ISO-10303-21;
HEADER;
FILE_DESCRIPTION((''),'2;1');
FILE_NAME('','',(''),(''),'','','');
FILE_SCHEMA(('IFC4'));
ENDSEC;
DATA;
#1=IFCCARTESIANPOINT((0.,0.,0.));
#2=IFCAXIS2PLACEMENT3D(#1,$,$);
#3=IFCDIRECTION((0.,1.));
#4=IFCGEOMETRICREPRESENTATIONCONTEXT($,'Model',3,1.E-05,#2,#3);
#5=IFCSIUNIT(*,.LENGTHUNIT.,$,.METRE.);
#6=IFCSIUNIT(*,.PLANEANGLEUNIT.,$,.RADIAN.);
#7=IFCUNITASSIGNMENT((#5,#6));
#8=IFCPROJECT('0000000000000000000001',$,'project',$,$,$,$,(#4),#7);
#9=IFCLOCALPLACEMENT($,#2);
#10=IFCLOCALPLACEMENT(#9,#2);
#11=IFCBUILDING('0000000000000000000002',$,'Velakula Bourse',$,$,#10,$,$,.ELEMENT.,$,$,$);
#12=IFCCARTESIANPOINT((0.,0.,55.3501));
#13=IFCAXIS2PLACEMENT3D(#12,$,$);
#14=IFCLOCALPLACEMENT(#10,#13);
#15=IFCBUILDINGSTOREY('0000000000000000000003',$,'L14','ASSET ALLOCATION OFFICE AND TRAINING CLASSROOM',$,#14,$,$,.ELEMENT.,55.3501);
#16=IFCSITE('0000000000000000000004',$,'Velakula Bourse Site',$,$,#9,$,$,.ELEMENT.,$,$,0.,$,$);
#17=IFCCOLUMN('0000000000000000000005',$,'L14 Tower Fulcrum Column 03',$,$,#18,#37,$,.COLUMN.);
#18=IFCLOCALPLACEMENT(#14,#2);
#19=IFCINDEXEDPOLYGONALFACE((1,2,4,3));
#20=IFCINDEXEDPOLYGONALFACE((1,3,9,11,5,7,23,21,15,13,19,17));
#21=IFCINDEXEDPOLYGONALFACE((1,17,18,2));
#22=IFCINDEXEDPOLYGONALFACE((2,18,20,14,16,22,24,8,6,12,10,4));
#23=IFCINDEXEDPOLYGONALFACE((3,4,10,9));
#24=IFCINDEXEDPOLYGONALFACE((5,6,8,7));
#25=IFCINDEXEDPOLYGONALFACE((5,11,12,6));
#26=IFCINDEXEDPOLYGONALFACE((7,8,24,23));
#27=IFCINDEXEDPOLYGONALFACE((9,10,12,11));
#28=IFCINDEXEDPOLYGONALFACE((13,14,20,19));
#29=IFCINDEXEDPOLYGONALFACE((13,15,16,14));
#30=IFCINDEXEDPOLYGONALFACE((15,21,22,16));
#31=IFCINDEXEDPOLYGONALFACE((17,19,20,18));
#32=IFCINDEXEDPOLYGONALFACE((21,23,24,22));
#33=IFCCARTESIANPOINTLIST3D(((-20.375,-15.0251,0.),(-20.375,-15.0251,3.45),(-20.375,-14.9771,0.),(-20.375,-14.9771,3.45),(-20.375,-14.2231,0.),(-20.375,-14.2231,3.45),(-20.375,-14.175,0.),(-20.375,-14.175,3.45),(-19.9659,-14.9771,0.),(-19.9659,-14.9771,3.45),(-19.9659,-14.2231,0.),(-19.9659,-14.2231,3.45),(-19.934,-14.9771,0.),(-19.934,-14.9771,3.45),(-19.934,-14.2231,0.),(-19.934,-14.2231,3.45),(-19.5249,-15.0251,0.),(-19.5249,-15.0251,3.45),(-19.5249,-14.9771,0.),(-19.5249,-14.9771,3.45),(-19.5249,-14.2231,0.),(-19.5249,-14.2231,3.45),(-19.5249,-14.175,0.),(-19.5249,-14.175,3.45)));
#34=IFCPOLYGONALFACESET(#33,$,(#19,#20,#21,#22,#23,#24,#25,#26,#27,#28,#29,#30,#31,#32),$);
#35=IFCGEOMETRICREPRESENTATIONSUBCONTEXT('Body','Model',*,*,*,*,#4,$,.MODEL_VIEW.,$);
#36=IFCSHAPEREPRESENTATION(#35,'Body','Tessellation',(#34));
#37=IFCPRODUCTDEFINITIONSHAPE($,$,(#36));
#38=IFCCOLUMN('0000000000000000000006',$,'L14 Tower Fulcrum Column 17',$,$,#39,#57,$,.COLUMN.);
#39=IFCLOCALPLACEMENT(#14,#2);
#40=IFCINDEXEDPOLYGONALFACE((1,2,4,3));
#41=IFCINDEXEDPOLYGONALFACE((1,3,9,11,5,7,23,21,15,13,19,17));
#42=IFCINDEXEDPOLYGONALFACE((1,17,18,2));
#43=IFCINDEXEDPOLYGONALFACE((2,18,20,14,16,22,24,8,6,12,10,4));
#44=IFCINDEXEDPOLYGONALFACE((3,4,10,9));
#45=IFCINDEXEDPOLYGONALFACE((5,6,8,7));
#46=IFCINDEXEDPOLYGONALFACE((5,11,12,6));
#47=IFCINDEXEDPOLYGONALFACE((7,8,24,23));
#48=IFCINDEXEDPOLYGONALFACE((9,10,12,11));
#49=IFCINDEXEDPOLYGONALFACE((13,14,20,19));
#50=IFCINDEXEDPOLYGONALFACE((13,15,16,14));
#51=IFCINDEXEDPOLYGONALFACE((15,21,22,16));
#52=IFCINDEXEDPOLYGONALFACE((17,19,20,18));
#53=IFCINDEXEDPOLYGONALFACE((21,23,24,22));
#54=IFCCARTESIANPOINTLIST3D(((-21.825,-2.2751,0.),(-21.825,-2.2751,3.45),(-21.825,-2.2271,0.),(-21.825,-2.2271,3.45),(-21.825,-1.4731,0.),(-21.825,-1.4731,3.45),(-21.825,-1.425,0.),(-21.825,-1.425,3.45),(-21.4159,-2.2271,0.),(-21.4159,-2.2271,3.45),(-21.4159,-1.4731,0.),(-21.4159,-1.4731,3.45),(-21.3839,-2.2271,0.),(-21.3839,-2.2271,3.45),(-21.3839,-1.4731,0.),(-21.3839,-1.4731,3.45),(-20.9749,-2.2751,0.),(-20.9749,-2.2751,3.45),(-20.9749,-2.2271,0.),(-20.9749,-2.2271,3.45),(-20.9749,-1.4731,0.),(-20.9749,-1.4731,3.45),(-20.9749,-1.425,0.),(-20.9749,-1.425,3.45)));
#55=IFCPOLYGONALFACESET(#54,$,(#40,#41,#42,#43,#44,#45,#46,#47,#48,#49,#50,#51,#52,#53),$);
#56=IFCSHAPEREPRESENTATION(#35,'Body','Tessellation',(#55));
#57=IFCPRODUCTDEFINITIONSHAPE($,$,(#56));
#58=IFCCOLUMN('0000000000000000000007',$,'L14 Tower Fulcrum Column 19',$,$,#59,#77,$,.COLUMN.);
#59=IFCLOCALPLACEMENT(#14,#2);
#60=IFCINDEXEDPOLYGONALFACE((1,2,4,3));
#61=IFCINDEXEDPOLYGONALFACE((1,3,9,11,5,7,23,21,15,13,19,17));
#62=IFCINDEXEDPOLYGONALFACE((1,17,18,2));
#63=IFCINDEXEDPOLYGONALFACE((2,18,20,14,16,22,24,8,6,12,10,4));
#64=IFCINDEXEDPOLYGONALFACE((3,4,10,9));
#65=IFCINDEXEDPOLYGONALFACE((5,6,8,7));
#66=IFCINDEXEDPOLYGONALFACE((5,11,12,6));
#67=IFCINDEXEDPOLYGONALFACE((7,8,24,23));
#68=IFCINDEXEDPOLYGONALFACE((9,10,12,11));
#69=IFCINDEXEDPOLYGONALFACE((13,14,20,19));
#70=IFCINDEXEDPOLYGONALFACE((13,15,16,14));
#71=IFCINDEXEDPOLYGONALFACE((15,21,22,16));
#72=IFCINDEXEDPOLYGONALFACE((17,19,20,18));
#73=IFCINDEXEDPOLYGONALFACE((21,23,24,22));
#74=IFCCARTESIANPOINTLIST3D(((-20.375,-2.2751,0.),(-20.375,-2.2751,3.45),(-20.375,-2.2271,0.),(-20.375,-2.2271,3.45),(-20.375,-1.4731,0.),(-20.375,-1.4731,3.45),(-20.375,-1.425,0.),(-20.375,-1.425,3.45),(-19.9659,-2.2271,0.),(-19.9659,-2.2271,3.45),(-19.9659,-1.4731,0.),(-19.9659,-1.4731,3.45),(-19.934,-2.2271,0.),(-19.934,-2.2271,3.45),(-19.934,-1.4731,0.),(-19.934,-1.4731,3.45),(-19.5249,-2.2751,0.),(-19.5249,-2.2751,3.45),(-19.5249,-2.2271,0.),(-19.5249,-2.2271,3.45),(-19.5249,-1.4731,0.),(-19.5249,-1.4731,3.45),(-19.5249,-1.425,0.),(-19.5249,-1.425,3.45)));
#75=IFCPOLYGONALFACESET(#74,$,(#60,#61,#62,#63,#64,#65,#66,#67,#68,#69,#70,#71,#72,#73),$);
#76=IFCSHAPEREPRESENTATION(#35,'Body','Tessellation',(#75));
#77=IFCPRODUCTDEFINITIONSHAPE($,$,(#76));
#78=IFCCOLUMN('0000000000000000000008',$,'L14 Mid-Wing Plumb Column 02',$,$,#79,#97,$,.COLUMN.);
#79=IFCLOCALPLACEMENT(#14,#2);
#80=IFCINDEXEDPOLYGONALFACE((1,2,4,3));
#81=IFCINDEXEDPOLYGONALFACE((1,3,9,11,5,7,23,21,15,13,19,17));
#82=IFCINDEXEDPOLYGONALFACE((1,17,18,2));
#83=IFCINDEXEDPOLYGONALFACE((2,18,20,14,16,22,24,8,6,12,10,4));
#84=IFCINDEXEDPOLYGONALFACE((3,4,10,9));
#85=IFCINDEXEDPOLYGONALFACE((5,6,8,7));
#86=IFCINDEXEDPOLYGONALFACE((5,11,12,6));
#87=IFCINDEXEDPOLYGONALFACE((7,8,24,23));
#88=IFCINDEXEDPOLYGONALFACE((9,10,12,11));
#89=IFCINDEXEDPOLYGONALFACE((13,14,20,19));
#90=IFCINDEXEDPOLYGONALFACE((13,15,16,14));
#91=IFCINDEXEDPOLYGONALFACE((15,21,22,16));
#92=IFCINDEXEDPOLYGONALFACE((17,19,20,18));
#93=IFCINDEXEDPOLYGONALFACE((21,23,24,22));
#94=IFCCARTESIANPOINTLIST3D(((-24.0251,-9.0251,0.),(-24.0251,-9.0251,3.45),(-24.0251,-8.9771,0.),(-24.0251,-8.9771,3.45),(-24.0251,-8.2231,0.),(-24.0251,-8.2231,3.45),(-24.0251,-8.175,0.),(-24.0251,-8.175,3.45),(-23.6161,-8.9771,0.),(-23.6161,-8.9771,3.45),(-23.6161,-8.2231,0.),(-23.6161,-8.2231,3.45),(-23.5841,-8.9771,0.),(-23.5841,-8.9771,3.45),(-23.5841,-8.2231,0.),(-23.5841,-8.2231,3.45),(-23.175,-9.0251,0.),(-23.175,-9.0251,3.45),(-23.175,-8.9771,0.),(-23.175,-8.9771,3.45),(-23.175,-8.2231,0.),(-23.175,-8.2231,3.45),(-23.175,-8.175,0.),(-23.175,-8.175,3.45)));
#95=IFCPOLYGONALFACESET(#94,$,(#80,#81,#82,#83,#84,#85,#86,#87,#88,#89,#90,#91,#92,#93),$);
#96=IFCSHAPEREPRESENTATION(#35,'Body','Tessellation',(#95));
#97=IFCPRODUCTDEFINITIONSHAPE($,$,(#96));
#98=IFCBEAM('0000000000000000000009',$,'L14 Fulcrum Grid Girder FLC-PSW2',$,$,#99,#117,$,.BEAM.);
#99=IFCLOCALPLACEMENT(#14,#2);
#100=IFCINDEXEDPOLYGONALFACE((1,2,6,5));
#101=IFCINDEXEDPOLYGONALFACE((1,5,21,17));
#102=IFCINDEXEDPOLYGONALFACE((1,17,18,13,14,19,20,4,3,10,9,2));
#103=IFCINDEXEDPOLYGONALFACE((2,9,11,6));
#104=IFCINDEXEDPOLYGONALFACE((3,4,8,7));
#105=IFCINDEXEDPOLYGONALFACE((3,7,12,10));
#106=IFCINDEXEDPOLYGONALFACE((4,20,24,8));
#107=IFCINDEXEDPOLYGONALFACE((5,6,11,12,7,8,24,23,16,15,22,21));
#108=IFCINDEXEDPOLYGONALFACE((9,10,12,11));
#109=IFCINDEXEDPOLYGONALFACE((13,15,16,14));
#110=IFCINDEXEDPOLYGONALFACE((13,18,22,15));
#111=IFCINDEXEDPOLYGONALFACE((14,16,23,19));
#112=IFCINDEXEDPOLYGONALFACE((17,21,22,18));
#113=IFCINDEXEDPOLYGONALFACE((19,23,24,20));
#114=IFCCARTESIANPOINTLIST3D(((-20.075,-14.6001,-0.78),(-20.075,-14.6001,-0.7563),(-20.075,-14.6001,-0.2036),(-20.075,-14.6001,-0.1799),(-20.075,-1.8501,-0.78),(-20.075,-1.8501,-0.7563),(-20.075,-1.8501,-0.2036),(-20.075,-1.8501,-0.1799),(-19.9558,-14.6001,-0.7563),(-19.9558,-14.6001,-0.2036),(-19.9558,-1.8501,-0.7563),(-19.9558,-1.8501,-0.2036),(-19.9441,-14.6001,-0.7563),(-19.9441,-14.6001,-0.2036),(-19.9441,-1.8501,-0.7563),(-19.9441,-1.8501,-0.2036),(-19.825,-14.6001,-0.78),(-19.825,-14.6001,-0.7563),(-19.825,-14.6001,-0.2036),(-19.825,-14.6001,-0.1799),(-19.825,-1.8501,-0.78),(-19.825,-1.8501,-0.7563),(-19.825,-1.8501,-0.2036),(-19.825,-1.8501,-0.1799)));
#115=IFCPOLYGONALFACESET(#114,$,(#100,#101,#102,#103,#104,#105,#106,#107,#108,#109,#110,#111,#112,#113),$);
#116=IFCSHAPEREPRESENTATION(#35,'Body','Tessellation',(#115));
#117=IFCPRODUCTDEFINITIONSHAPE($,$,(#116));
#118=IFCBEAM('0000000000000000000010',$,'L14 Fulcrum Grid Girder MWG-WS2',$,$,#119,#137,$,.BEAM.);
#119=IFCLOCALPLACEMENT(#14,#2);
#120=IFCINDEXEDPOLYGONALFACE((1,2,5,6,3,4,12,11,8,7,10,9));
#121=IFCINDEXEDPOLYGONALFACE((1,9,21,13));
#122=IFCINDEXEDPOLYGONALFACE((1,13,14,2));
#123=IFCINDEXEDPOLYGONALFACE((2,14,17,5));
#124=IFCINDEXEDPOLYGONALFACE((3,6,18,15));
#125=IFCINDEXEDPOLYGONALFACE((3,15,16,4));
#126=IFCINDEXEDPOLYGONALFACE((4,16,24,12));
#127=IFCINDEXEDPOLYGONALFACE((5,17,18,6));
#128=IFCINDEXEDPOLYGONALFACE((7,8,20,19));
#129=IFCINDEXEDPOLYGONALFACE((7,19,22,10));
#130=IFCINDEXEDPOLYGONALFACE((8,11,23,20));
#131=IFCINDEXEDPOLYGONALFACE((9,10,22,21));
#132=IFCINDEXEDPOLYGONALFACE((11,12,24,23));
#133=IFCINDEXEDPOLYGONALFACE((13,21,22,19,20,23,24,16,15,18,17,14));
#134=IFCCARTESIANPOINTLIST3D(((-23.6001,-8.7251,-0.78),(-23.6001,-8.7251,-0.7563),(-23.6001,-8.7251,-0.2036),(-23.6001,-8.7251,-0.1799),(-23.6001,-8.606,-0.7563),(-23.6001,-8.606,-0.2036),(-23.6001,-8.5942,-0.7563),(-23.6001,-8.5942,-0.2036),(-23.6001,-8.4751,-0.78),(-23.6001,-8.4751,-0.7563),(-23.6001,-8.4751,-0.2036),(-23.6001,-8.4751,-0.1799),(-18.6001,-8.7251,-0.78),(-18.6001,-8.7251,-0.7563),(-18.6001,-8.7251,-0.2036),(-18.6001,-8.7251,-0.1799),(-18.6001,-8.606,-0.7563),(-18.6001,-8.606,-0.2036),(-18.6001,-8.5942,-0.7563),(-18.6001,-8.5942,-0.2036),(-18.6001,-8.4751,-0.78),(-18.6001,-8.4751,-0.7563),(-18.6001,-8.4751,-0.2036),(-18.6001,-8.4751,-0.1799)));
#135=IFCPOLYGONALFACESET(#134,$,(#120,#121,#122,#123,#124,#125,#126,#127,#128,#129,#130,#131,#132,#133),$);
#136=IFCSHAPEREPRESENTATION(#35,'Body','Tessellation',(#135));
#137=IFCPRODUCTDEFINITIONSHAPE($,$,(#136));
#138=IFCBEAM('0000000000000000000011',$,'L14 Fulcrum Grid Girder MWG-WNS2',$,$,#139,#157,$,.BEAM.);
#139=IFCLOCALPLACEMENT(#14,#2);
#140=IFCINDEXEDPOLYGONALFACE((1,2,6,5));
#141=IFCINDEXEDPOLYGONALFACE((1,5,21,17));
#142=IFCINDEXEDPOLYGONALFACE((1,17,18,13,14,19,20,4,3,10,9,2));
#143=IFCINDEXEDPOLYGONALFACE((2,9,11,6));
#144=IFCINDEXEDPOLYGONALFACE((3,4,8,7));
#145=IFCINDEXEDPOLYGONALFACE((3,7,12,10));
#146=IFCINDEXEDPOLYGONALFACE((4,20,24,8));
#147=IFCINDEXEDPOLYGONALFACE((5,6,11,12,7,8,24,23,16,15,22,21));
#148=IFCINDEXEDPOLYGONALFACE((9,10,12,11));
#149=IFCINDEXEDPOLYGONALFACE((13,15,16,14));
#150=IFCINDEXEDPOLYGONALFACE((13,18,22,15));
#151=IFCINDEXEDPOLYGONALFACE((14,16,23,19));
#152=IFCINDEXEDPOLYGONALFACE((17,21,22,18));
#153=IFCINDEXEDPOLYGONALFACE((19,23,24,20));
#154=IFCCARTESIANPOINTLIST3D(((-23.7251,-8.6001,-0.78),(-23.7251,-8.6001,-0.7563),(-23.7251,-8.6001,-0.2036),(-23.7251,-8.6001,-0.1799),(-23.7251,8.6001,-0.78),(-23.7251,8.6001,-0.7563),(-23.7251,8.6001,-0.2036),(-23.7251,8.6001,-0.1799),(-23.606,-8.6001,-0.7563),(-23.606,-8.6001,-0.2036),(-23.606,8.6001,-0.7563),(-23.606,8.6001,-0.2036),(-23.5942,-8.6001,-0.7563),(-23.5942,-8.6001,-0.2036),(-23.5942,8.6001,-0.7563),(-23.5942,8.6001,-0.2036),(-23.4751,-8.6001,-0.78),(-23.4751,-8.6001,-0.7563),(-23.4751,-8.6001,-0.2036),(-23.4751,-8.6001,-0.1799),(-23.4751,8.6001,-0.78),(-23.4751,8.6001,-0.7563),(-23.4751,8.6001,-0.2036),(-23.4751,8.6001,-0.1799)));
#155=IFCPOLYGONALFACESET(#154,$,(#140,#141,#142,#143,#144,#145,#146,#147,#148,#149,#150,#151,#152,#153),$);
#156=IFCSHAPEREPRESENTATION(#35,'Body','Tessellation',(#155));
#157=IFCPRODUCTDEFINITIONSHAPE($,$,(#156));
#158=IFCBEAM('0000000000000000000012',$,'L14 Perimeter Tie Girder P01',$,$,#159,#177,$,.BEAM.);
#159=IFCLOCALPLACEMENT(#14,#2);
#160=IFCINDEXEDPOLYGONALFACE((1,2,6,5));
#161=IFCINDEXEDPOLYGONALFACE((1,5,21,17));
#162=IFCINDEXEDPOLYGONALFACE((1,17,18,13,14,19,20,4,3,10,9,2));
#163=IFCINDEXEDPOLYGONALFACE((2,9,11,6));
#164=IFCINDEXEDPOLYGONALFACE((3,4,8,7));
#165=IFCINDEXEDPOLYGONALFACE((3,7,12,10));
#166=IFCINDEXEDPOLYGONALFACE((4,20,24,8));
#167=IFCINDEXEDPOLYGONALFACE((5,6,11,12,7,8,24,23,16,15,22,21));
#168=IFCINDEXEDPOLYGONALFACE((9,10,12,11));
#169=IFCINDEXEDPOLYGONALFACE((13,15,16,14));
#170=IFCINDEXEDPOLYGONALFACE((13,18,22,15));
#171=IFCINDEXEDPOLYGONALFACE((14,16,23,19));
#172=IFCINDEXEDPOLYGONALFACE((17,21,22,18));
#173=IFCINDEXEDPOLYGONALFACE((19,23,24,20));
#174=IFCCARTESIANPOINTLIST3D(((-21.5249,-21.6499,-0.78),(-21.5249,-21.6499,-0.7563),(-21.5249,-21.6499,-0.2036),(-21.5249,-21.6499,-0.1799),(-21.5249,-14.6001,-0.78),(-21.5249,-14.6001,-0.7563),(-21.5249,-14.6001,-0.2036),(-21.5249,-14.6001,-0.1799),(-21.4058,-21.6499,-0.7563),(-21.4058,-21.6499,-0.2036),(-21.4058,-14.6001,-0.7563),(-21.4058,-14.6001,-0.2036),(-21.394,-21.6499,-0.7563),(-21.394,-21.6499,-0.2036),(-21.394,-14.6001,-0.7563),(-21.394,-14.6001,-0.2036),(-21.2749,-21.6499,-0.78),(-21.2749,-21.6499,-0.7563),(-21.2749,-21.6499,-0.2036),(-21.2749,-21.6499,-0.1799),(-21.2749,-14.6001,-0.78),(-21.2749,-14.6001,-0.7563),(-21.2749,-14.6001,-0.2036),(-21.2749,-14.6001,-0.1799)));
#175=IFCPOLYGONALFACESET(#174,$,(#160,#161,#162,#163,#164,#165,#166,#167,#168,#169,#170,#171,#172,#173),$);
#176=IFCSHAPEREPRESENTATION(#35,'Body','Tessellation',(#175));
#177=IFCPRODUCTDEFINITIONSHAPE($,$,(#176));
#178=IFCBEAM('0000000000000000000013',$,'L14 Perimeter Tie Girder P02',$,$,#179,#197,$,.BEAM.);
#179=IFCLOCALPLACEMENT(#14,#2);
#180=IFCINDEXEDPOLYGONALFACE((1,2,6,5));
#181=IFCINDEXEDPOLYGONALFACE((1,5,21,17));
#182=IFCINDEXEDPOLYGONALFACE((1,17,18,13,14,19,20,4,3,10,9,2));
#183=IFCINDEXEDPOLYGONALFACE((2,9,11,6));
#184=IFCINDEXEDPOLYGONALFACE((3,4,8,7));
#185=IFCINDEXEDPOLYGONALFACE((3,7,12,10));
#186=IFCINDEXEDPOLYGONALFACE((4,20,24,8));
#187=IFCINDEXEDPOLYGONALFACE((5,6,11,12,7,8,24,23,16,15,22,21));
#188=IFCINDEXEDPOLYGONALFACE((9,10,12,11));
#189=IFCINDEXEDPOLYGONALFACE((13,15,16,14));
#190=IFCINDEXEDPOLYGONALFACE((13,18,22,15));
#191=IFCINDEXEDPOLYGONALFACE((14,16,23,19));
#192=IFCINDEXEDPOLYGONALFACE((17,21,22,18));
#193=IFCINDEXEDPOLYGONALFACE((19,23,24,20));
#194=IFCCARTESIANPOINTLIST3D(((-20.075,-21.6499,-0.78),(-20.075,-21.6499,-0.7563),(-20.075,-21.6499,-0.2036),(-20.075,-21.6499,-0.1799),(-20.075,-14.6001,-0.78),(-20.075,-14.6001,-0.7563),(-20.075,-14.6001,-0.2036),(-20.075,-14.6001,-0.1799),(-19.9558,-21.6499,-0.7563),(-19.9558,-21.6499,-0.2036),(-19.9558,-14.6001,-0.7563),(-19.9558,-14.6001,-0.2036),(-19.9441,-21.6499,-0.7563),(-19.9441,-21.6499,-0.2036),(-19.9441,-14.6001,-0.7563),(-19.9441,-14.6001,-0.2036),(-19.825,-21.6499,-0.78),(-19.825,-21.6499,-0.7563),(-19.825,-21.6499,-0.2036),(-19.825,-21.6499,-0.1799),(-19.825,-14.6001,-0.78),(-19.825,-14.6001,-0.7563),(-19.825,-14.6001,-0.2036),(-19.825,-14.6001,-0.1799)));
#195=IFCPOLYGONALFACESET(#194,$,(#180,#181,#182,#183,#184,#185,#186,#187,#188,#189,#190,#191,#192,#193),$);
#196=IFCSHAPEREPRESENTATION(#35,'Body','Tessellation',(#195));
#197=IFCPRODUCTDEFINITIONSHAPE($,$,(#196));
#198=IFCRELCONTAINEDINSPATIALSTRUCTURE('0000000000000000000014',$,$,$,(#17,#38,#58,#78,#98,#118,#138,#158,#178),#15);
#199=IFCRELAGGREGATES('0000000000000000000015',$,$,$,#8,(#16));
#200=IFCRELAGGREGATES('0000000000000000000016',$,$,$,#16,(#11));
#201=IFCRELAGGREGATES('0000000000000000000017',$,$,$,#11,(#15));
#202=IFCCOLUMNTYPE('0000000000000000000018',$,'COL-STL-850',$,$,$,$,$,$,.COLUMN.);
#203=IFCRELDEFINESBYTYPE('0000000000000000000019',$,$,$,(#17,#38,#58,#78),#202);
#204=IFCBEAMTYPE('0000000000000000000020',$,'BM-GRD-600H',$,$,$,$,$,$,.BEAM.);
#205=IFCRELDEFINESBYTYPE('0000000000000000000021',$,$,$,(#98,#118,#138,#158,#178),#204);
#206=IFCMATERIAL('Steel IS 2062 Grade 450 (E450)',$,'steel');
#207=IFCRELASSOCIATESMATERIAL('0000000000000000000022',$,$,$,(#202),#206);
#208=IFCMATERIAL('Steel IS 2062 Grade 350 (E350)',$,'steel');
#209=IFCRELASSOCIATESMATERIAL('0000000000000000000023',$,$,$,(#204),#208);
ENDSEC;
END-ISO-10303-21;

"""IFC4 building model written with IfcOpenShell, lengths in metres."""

from ifc_helpers import new_model, si_unit, direction, frame, origin, origin_2d, place, context, subcontext, project, spatial, i_section, extrude, material, material_profile, profile_set, type_object, element, save


model = new_model("IFC4")

# Units and contexts
model_context = context("Model", 3, precision=1e-05, world=origin(), true_north=direction((0.0, 1.0)))
body_context = subcontext(model_context, "Body", "Model", "MODEL_VIEW")
ifc_project = project(units=[si_unit("LENGTHUNIT", "METRE"), si_unit("PLANEANGLEUNIT", "RADIAN")], contexts=[model_context])

# Site, building, storey
site_placement = place(None, origin())
site = spatial("IfcSite", under=ifc_project, at=site_placement, Name="Velakula Bourse Site", CompositionType="ELEMENT", RefElevation=0.0)
building_placement = place(site_placement, origin())
building = spatial("IfcBuilding", under=site, at=building_placement, Name="Velakula Bourse", CompositionType="ELEMENT")
storey_placement = place(building_placement, frame((0.0, 0.0, 55.3501)))
storey = spatial("IfcBuildingStorey", under=building, at=storey_placement, Name="L14", Description="ASSET ALLOCATION OFFICE AND TRAINING CLASSROOM", CompositionType="ELEMENT", Elevation=55.3501)

# Columns
ifc_material_1 = material(Name="Steel IS 2062 Grade 450 (E450)", Category="steel")
ifc_material_profile_1 = material_profile(ifc_material_1, i_section(OverallWidth=0.8501, OverallDepth=0.8501, WebThickness=0.032, FlangeThickness=0.0481, at=origin_2d()), Name="Steel IS 2062 Grade 450 (E450)")
ifc_profile_set_1 = profile_set([ifc_material_profile_1], Name="Steel IS 2062 Grade 450 (E450)")
column_type = type_object("IfcColumnType", Name="COL-STL-850", PredefinedType="COLUMN", material=ifc_profile_set_1)
for number, where, z_axis, x_axis, name in (
    (1, (-19.95, -14.6001, 0.0), (0.0, 0.0, 1.0), (1.0, 0.0, 0.0), "L14 Tower Fulcrum Column 03"),
    (2, (-21.3999, -1.8501, 0.0), (0.0, 0.0, 1.0), (1.0, 0.0, 0.0), "L14 Tower Fulcrum Column 17"),
    (3, (-19.95, -1.8501, 0.0), (0.0, 0.0, 1.0), (1.0, 0.0, 0.0), "L14 Tower Fulcrum Column 19"),
    (4, (-23.6001, -8.6001, 0.0), (0.0, 0.0, 1.0), (1.0, 0.0, 0.0), "L14 Mid-Wing Plumb Column 02"),
):
    element("IfcColumn", number, at=place(storey_placement, frame(where, z_axis=z_axis, x_axis=x_axis)), inside=storey, type_object=column_type, Name=name, PredefinedType="COLUMN", context=body_context, shape_type="SweptSolid", body=[
        extrude(i_section(OverallWidth=0.8501, OverallDepth=0.8501, WebThickness=0.032, FlangeThickness=0.0481, at=origin_2d()), origin(), (0.0, 0.0, 1.0), 3.45),
    ])

# Beams
ifc_material_2 = material(Name="Steel IS 2062 Grade 350 (E350)", Category="steel")
ifc_material_profile_2 = material_profile(ifc_material_2, i_section(OverallWidth=0.25, OverallDepth=0.6001, WebThickness=0.0117, FlangeThickness=0.0237, at=origin_2d()), Name="Steel IS 2062 Grade 350 (E350)")
ifc_profile_set_2 = profile_set([ifc_material_profile_2], Name="Steel IS 2062 Grade 350 (E350)")
beam_type_1 = type_object("IfcBeamType", Name="BM-GRD-600H", PredefinedType="BEAM", material=ifc_profile_set_2)
beam_1_placement = place(storey_placement, frame((-19.95, -14.6001, -0.48), z_axis=(0.0, 1.0, 0.0), x_axis=(-1.0, 0.0, 0.0)))
element("IfcBeam", 5, at=beam_1_placement, inside=storey, type_object=beam_type_1, Name="L14 Fulcrum Grid Girder FLC-PSW2", PredefinedType="BEAM", context=body_context, shape_type="SweptSolid", body=[
    extrude(i_section(OverallWidth=0.25, OverallDepth=0.6001, WebThickness=0.0117, FlangeThickness=0.0237, at=origin_2d()), origin(), (0.0, 0.0, 1.0), 12.75),
])
beam_2_placement = place(storey_placement, frame((-23.6001, -8.6001, -0.48), z_axis=(1.0, 0.0, 0.0), x_axis=(0.0, 1.0, 0.0)))
element("IfcBeam", 6, at=beam_2_placement, inside=storey, type_object=beam_type_1, Name="L14 Fulcrum Grid Girder MWG-WS2", PredefinedType="BEAM", context=body_context, shape_type="SweptSolid", body=[
    extrude(i_section(OverallWidth=0.25, OverallDepth=0.6001, WebThickness=0.0117, FlangeThickness=0.0237, at=origin_2d()), origin(), (0.0, 0.0, 1.0), 5.0),
])
beam_3_placement = place(storey_placement, frame((-23.6001, -8.6001, -0.48), z_axis=(0.0, 1.0, 0.0), x_axis=(-1.0, 0.0, 0.0)))
element("IfcBeam", 7, at=beam_3_placement, inside=storey, type_object=beam_type_1, Name="L14 Fulcrum Grid Girder MWG-WNS2", PredefinedType="BEAM", context=body_context, shape_type="SweptSolid", body=[
    extrude(i_section(OverallWidth=0.25, OverallDepth=0.6001, WebThickness=0.0117, FlangeThickness=0.0237, at=origin_2d()), origin(), (0.0, 0.0, 1.0), 17.2002),
])
for number, where, z_axis, x_axis, name in (
    (8, (-21.3999, -14.6001, -0.48), (0.0, -1.0, 0.0), (1.0, 0.0, 0.0), "L14 Perimeter Tie Girder P01"),
    (9, (-19.95, -14.6001, -0.48), (0.0, -1.0, 0.0), (1.0, 0.0, 0.0), "L14 Perimeter Tie Girder P02"),
):
    element("IfcBeam", number, at=place(storey_placement, frame(where, z_axis=z_axis, x_axis=x_axis)), inside=storey, type_object=beam_type_1, Name=name, PredefinedType="BEAM", context=body_context, shape_type="SweptSolid", body=[
        extrude(i_section(OverallWidth=0.25, OverallDepth=0.6001, WebThickness=0.0117, FlangeThickness=0.0237, at=origin_2d()), origin(), (0.0, 0.0, 1.0), 7.0498),
    ])

save(model, "model.ifc")
